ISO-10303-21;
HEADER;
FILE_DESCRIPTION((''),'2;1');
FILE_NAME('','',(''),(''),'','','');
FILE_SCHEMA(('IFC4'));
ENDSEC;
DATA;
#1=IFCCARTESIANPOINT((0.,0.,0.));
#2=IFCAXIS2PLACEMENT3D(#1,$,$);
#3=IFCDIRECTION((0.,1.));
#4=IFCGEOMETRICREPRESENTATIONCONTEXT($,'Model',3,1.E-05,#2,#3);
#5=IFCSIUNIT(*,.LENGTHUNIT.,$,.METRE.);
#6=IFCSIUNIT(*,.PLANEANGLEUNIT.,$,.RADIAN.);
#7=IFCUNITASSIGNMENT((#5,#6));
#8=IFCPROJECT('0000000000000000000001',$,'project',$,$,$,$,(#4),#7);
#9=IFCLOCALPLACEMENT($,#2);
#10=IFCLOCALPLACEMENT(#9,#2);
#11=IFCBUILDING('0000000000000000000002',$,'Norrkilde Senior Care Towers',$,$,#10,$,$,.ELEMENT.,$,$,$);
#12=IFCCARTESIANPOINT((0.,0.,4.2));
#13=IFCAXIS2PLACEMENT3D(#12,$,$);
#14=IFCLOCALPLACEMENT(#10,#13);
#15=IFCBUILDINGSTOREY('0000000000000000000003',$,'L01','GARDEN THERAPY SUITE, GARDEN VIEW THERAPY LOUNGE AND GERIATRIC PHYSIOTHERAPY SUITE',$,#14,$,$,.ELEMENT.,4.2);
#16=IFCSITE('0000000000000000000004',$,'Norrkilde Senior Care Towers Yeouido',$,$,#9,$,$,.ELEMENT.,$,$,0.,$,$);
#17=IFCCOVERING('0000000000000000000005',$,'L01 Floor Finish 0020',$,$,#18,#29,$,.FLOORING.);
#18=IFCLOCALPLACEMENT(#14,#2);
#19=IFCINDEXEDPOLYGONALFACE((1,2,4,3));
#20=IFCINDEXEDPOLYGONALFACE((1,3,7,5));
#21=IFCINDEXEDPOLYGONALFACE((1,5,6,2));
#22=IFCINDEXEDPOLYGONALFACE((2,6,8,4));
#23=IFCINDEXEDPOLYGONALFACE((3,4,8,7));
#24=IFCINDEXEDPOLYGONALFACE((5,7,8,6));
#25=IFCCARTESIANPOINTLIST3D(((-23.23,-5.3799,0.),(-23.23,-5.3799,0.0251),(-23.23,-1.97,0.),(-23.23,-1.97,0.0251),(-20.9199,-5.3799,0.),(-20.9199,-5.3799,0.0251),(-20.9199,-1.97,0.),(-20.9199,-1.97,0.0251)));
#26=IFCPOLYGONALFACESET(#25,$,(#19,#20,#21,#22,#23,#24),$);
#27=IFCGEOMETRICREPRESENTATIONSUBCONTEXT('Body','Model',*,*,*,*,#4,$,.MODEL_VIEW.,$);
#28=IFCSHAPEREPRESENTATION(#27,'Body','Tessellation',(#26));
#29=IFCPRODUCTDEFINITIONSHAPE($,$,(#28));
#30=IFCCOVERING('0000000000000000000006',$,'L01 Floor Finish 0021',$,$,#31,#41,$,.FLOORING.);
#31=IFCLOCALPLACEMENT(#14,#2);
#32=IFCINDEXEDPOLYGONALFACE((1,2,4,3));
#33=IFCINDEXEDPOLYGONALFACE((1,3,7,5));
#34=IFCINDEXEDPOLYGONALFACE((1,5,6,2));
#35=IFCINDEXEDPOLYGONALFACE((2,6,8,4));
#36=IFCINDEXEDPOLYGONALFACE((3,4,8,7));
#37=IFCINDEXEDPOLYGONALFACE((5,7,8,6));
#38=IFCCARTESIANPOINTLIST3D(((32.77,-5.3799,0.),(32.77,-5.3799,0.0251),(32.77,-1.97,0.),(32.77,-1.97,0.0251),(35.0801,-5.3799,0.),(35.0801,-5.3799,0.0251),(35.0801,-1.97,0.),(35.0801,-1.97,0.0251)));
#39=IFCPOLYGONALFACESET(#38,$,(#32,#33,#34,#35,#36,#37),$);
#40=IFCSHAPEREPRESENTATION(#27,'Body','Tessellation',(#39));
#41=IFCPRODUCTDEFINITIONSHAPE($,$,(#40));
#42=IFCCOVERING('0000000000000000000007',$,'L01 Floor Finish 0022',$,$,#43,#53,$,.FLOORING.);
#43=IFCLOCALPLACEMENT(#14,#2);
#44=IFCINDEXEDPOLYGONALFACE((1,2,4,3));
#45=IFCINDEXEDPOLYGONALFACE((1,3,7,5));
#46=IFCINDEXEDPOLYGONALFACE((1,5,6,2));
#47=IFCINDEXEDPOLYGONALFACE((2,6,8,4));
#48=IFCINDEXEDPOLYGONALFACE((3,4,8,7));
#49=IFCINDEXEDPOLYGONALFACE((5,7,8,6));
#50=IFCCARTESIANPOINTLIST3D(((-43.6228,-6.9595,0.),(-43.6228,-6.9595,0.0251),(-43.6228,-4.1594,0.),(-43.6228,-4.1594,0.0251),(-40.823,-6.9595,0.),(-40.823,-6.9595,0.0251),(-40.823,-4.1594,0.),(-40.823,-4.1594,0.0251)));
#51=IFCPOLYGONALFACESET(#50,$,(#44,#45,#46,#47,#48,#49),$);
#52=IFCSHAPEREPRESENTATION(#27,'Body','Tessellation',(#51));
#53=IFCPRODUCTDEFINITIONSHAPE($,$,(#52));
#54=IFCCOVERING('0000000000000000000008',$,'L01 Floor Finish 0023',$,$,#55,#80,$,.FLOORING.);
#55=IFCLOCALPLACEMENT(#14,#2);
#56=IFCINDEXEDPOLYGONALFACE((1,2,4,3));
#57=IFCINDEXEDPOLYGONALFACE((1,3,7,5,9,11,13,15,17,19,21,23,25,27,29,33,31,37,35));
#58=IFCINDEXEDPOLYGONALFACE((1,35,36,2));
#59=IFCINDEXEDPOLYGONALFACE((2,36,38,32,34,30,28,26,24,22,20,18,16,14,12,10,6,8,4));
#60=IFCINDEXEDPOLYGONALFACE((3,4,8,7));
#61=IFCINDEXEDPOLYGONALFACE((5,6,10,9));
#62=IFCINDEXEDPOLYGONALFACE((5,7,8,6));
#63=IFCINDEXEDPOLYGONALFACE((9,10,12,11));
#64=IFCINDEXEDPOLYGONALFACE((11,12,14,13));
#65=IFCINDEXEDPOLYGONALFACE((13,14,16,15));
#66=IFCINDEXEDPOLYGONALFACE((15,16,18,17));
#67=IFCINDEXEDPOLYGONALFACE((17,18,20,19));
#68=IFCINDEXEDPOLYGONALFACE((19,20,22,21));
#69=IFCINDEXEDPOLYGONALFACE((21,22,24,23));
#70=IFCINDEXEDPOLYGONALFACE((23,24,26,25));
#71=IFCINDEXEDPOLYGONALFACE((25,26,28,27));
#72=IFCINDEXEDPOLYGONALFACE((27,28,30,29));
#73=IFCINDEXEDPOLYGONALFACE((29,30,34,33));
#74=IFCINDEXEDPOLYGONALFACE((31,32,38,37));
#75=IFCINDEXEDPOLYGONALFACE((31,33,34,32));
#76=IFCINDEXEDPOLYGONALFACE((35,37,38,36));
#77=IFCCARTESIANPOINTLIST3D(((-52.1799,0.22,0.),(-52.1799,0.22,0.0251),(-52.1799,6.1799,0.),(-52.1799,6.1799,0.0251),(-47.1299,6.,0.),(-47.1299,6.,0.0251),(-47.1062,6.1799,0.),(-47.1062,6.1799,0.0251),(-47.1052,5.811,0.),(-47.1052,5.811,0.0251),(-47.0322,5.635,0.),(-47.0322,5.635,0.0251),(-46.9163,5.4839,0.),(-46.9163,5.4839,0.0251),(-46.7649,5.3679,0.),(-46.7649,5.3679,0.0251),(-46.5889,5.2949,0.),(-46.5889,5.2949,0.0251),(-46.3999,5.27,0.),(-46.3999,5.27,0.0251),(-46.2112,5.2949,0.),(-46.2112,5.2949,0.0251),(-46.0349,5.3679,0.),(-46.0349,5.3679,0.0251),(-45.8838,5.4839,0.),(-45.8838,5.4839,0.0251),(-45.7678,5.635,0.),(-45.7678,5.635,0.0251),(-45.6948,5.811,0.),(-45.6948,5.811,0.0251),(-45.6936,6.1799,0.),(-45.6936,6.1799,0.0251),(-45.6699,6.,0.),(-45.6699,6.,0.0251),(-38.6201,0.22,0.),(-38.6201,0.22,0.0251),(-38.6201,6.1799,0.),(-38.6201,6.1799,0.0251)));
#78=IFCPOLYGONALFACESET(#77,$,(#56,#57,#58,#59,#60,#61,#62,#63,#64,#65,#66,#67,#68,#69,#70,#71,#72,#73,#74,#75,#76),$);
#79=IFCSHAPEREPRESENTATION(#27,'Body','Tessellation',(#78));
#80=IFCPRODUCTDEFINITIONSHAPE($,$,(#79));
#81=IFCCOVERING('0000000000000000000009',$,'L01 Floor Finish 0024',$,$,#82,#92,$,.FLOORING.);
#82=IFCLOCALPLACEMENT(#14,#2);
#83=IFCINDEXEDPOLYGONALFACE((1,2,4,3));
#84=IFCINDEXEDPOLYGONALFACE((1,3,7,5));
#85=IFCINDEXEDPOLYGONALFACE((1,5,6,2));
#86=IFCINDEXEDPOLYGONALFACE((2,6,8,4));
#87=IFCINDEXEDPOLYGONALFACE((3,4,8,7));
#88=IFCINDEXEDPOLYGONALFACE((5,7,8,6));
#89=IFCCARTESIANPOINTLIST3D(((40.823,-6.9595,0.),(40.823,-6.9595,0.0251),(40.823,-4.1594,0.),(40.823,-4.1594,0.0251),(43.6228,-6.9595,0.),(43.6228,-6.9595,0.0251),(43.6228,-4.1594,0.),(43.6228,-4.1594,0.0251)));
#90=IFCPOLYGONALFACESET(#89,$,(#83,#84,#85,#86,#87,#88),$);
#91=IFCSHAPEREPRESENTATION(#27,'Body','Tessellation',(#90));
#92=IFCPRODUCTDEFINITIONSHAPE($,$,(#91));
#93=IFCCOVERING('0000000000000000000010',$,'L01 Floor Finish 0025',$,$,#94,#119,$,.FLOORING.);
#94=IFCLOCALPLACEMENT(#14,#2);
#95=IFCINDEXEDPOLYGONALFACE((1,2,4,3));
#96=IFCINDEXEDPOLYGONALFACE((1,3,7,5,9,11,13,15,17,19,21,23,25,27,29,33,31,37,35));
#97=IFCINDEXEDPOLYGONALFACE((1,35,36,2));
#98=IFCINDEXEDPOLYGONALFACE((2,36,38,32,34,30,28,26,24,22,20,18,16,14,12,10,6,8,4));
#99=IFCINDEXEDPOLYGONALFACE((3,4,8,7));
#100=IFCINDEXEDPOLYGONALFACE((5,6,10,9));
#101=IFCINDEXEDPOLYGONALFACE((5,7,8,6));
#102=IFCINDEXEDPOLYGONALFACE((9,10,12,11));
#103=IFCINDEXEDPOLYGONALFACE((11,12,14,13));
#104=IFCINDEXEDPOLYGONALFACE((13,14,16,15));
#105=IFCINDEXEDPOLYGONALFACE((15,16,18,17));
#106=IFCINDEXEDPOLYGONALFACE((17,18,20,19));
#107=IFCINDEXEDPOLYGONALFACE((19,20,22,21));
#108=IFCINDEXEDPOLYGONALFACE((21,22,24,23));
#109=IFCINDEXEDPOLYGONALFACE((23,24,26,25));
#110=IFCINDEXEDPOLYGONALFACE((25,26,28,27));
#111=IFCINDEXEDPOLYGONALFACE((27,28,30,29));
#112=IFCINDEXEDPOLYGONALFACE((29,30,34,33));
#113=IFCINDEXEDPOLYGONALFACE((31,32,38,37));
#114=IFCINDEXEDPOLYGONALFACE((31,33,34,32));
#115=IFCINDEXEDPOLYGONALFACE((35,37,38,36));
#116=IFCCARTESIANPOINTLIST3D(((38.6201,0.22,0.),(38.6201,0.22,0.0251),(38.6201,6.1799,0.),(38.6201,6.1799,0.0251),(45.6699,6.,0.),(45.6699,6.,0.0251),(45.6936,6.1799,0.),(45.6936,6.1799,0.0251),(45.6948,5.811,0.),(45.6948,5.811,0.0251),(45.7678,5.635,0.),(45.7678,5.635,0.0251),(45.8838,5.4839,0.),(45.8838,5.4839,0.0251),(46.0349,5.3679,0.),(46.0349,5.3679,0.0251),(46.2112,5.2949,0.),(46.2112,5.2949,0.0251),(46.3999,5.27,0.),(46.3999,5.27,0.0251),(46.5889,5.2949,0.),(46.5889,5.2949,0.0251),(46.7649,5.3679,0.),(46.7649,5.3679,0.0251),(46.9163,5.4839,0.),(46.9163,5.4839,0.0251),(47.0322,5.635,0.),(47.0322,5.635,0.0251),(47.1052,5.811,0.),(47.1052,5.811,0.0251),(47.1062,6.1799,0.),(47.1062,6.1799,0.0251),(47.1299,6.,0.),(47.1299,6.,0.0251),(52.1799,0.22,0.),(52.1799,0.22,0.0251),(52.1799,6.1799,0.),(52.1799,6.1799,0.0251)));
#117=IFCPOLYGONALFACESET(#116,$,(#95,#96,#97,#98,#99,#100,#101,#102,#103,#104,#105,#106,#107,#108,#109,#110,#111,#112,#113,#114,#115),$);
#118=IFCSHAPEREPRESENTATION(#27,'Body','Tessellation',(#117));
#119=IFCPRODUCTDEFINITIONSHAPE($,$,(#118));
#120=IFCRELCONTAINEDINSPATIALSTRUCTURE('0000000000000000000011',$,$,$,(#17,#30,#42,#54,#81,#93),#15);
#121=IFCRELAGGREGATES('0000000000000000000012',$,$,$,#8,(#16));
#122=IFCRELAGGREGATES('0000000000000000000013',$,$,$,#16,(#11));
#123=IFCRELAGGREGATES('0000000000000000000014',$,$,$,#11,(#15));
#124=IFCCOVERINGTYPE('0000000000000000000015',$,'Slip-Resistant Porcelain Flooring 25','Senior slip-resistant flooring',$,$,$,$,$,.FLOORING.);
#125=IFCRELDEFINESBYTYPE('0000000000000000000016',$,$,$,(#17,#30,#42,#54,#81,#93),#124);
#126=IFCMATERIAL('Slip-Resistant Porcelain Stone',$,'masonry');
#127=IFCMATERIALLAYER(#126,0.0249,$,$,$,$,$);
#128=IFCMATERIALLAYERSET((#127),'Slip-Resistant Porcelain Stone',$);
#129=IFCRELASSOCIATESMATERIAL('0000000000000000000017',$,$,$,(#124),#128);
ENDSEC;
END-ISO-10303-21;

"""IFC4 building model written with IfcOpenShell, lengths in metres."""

from ifc_helpers import new_model, si_unit, direction, frame, origin, place, context, subcontext, project, spatial, polyline, outline, extrude, material, layer, layer_set, type_object, element, save


model = new_model("IFC4")

# Units and contexts
model_context = context("Model", 3, precision=1e-05, world=origin(), true_north=direction((0.0, 1.0)))
body_context = subcontext(model_context, "Body", "Model", "MODEL_VIEW")
ifc_project = project(units=[si_unit("LENGTHUNIT", "METRE"), si_unit("PLANEANGLEUNIT", "RADIAN")], contexts=[model_context])

# Site, building, storey
site_placement = place(None, origin())
site = spatial("IfcSite", under=ifc_project, at=site_placement, Name="Norrkilde Senior Care Towers Yeouido", CompositionType="ELEMENT", RefElevation=0.0)
building_placement = place(site_placement, origin())
building = spatial("IfcBuilding", under=site, at=building_placement, Name="Norrkilde Senior Care Towers", CompositionType="ELEMENT")
storey_placement = place(building_placement, frame((0.0, 0.0, 4.2)))
storey = spatial("IfcBuildingStorey", under=building, at=storey_placement, Name="L01", Description="GARDEN THERAPY SUITE, GARDEN VIEW THERAPY LOUNGE AND GERIATRIC PHYSIOTHERAPY SUITE", CompositionType="ELEMENT", Elevation=4.2)

# Coverings
ifc_material_1 = material(Name="Slip-Resistant Porcelain Stone", Category="masonry")
ifc_layer_1 = layer(ifc_material_1, 0.0249)
ifc_layer_set_1 = layer_set([ifc_layer_1], Name="Slip-Resistant Porcelain Stone")
covering_type_1 = type_object("IfcCoveringType", Name="Slip-Resistant Porcelain Flooring 25", Description="Senior slip-resistant flooring", PredefinedType="FLOORING", material=ifc_layer_set_1)
covering_1_placement = place(storey_placement, origin())
element("IfcCovering", 1, at=covering_1_placement, inside=storey, type_object=covering_type_1, Name="L01 Floor Finish 0020", PredefinedType="FLOORING", context=body_context, shape_type="SweptSolid", body=[
    extrude(outline(polyline([(-23.23, -1.97), (-20.9199, -1.97), (-20.9199, -5.3799), (-23.23, -5.3799), (-23.23, -1.97)])), origin(), (0.0, 0.0, 1.0), 0.0251),
])
covering_2_placement = place(storey_placement, origin())
element("IfcCovering", 2, at=covering_2_placement, inside=storey, type_object=covering_type_1, Name="L01 Floor Finish 0021", PredefinedType="FLOORING", context=body_context, shape_type="SweptSolid", body=[
    extrude(outline(polyline([(35.0801, -1.97), (35.0801, -5.3799), (32.77, -5.3799), (32.77, -1.97), (35.0801, -1.97)])), origin(), (0.0, 0.0, 1.0), 0.0251),
])
covering_3_placement = place(storey_placement, origin())
element("IfcCovering", 3, at=covering_3_placement, inside=storey, type_object=covering_type_1, Name="L01 Floor Finish 0022", PredefinedType="FLOORING", context=body_context, shape_type="SweptSolid", body=[
    extrude(outline(polyline([(-43.6228, -6.9595), (-43.6228, -4.1594), (-40.823, -4.1594), (-40.823, -6.9595), (-43.6228, -6.9595)])), origin(), (0.0, 0.0, 1.0), 0.0251),
])
covering_4_placement = place(storey_placement, origin())
element("IfcCovering", 4, at=covering_4_placement, inside=storey, type_object=covering_type_1, Name="L01 Floor Finish 0023", PredefinedType="FLOORING", context=body_context, shape_type="SweptSolid", body=[
    extrude(outline(polyline([(-38.6201, 0.22), (-52.1799, 0.22), (-52.1799, 6.1799), (-47.1062, 6.1799), (-47.1299, 6.0), (-47.1052, 5.811), (-47.0322, 5.635), (-46.9163, 5.4839), (-46.7649, 5.3679), (-46.5889, 5.2949), (-46.3999, 5.27), (-46.2112, 5.2949), (-46.0349, 5.3679), (-45.8838, 5.4839), (-45.7678, 5.635), (-45.6948, 5.811), (-45.6699, 6.0), (-45.6936, 6.1799), (-38.6201, 6.1799), (-38.6201, 0.22)])), origin(), (0.0, 0.0, 1.0), 0.0251),
])
covering_5_placement = place(storey_placement, origin())
element("IfcCovering", 5, at=covering_5_placement, inside=storey, type_object=covering_type_1, Name="L01 Floor Finish 0024", PredefinedType="FLOORING", context=body_context, shape_type="SweptSolid", body=[
    extrude(outline(polyline([(40.823, -6.9595), (40.823, -4.1594), (43.6228, -4.1594), (43.6228, -6.9595), (40.823, -6.9595)])), origin(), (0.0, 0.0, 1.0), 0.0251),
])
covering_6_placement = place(storey_placement, origin())
element("IfcCovering", 6, at=covering_6_placement, inside=storey, type_object=covering_type_1, Name="L01 Floor Finish 0025", PredefinedType="FLOORING", context=body_context, shape_type="SweptSolid", body=[
    extrude(outline(polyline([(52.1799, 0.22), (38.6201, 0.22), (38.6201, 6.1799), (45.6936, 6.1799), (45.6699, 6.0), (45.6948, 5.811), (45.7678, 5.635), (45.8838, 5.4839), (46.0349, 5.3679), (46.2112, 5.2949), (46.3999, 5.27), (46.5889, 5.2949), (46.7649, 5.3679), (46.9163, 5.4839), (47.0322, 5.635), (47.1052, 5.811), (47.1299, 6.0), (47.1062, 6.1799), (52.1799, 6.1799), (52.1799, 0.22)])), origin(), (0.0, 0.0, 1.0), 0.0251),
])

save(model, "model.ifc")
